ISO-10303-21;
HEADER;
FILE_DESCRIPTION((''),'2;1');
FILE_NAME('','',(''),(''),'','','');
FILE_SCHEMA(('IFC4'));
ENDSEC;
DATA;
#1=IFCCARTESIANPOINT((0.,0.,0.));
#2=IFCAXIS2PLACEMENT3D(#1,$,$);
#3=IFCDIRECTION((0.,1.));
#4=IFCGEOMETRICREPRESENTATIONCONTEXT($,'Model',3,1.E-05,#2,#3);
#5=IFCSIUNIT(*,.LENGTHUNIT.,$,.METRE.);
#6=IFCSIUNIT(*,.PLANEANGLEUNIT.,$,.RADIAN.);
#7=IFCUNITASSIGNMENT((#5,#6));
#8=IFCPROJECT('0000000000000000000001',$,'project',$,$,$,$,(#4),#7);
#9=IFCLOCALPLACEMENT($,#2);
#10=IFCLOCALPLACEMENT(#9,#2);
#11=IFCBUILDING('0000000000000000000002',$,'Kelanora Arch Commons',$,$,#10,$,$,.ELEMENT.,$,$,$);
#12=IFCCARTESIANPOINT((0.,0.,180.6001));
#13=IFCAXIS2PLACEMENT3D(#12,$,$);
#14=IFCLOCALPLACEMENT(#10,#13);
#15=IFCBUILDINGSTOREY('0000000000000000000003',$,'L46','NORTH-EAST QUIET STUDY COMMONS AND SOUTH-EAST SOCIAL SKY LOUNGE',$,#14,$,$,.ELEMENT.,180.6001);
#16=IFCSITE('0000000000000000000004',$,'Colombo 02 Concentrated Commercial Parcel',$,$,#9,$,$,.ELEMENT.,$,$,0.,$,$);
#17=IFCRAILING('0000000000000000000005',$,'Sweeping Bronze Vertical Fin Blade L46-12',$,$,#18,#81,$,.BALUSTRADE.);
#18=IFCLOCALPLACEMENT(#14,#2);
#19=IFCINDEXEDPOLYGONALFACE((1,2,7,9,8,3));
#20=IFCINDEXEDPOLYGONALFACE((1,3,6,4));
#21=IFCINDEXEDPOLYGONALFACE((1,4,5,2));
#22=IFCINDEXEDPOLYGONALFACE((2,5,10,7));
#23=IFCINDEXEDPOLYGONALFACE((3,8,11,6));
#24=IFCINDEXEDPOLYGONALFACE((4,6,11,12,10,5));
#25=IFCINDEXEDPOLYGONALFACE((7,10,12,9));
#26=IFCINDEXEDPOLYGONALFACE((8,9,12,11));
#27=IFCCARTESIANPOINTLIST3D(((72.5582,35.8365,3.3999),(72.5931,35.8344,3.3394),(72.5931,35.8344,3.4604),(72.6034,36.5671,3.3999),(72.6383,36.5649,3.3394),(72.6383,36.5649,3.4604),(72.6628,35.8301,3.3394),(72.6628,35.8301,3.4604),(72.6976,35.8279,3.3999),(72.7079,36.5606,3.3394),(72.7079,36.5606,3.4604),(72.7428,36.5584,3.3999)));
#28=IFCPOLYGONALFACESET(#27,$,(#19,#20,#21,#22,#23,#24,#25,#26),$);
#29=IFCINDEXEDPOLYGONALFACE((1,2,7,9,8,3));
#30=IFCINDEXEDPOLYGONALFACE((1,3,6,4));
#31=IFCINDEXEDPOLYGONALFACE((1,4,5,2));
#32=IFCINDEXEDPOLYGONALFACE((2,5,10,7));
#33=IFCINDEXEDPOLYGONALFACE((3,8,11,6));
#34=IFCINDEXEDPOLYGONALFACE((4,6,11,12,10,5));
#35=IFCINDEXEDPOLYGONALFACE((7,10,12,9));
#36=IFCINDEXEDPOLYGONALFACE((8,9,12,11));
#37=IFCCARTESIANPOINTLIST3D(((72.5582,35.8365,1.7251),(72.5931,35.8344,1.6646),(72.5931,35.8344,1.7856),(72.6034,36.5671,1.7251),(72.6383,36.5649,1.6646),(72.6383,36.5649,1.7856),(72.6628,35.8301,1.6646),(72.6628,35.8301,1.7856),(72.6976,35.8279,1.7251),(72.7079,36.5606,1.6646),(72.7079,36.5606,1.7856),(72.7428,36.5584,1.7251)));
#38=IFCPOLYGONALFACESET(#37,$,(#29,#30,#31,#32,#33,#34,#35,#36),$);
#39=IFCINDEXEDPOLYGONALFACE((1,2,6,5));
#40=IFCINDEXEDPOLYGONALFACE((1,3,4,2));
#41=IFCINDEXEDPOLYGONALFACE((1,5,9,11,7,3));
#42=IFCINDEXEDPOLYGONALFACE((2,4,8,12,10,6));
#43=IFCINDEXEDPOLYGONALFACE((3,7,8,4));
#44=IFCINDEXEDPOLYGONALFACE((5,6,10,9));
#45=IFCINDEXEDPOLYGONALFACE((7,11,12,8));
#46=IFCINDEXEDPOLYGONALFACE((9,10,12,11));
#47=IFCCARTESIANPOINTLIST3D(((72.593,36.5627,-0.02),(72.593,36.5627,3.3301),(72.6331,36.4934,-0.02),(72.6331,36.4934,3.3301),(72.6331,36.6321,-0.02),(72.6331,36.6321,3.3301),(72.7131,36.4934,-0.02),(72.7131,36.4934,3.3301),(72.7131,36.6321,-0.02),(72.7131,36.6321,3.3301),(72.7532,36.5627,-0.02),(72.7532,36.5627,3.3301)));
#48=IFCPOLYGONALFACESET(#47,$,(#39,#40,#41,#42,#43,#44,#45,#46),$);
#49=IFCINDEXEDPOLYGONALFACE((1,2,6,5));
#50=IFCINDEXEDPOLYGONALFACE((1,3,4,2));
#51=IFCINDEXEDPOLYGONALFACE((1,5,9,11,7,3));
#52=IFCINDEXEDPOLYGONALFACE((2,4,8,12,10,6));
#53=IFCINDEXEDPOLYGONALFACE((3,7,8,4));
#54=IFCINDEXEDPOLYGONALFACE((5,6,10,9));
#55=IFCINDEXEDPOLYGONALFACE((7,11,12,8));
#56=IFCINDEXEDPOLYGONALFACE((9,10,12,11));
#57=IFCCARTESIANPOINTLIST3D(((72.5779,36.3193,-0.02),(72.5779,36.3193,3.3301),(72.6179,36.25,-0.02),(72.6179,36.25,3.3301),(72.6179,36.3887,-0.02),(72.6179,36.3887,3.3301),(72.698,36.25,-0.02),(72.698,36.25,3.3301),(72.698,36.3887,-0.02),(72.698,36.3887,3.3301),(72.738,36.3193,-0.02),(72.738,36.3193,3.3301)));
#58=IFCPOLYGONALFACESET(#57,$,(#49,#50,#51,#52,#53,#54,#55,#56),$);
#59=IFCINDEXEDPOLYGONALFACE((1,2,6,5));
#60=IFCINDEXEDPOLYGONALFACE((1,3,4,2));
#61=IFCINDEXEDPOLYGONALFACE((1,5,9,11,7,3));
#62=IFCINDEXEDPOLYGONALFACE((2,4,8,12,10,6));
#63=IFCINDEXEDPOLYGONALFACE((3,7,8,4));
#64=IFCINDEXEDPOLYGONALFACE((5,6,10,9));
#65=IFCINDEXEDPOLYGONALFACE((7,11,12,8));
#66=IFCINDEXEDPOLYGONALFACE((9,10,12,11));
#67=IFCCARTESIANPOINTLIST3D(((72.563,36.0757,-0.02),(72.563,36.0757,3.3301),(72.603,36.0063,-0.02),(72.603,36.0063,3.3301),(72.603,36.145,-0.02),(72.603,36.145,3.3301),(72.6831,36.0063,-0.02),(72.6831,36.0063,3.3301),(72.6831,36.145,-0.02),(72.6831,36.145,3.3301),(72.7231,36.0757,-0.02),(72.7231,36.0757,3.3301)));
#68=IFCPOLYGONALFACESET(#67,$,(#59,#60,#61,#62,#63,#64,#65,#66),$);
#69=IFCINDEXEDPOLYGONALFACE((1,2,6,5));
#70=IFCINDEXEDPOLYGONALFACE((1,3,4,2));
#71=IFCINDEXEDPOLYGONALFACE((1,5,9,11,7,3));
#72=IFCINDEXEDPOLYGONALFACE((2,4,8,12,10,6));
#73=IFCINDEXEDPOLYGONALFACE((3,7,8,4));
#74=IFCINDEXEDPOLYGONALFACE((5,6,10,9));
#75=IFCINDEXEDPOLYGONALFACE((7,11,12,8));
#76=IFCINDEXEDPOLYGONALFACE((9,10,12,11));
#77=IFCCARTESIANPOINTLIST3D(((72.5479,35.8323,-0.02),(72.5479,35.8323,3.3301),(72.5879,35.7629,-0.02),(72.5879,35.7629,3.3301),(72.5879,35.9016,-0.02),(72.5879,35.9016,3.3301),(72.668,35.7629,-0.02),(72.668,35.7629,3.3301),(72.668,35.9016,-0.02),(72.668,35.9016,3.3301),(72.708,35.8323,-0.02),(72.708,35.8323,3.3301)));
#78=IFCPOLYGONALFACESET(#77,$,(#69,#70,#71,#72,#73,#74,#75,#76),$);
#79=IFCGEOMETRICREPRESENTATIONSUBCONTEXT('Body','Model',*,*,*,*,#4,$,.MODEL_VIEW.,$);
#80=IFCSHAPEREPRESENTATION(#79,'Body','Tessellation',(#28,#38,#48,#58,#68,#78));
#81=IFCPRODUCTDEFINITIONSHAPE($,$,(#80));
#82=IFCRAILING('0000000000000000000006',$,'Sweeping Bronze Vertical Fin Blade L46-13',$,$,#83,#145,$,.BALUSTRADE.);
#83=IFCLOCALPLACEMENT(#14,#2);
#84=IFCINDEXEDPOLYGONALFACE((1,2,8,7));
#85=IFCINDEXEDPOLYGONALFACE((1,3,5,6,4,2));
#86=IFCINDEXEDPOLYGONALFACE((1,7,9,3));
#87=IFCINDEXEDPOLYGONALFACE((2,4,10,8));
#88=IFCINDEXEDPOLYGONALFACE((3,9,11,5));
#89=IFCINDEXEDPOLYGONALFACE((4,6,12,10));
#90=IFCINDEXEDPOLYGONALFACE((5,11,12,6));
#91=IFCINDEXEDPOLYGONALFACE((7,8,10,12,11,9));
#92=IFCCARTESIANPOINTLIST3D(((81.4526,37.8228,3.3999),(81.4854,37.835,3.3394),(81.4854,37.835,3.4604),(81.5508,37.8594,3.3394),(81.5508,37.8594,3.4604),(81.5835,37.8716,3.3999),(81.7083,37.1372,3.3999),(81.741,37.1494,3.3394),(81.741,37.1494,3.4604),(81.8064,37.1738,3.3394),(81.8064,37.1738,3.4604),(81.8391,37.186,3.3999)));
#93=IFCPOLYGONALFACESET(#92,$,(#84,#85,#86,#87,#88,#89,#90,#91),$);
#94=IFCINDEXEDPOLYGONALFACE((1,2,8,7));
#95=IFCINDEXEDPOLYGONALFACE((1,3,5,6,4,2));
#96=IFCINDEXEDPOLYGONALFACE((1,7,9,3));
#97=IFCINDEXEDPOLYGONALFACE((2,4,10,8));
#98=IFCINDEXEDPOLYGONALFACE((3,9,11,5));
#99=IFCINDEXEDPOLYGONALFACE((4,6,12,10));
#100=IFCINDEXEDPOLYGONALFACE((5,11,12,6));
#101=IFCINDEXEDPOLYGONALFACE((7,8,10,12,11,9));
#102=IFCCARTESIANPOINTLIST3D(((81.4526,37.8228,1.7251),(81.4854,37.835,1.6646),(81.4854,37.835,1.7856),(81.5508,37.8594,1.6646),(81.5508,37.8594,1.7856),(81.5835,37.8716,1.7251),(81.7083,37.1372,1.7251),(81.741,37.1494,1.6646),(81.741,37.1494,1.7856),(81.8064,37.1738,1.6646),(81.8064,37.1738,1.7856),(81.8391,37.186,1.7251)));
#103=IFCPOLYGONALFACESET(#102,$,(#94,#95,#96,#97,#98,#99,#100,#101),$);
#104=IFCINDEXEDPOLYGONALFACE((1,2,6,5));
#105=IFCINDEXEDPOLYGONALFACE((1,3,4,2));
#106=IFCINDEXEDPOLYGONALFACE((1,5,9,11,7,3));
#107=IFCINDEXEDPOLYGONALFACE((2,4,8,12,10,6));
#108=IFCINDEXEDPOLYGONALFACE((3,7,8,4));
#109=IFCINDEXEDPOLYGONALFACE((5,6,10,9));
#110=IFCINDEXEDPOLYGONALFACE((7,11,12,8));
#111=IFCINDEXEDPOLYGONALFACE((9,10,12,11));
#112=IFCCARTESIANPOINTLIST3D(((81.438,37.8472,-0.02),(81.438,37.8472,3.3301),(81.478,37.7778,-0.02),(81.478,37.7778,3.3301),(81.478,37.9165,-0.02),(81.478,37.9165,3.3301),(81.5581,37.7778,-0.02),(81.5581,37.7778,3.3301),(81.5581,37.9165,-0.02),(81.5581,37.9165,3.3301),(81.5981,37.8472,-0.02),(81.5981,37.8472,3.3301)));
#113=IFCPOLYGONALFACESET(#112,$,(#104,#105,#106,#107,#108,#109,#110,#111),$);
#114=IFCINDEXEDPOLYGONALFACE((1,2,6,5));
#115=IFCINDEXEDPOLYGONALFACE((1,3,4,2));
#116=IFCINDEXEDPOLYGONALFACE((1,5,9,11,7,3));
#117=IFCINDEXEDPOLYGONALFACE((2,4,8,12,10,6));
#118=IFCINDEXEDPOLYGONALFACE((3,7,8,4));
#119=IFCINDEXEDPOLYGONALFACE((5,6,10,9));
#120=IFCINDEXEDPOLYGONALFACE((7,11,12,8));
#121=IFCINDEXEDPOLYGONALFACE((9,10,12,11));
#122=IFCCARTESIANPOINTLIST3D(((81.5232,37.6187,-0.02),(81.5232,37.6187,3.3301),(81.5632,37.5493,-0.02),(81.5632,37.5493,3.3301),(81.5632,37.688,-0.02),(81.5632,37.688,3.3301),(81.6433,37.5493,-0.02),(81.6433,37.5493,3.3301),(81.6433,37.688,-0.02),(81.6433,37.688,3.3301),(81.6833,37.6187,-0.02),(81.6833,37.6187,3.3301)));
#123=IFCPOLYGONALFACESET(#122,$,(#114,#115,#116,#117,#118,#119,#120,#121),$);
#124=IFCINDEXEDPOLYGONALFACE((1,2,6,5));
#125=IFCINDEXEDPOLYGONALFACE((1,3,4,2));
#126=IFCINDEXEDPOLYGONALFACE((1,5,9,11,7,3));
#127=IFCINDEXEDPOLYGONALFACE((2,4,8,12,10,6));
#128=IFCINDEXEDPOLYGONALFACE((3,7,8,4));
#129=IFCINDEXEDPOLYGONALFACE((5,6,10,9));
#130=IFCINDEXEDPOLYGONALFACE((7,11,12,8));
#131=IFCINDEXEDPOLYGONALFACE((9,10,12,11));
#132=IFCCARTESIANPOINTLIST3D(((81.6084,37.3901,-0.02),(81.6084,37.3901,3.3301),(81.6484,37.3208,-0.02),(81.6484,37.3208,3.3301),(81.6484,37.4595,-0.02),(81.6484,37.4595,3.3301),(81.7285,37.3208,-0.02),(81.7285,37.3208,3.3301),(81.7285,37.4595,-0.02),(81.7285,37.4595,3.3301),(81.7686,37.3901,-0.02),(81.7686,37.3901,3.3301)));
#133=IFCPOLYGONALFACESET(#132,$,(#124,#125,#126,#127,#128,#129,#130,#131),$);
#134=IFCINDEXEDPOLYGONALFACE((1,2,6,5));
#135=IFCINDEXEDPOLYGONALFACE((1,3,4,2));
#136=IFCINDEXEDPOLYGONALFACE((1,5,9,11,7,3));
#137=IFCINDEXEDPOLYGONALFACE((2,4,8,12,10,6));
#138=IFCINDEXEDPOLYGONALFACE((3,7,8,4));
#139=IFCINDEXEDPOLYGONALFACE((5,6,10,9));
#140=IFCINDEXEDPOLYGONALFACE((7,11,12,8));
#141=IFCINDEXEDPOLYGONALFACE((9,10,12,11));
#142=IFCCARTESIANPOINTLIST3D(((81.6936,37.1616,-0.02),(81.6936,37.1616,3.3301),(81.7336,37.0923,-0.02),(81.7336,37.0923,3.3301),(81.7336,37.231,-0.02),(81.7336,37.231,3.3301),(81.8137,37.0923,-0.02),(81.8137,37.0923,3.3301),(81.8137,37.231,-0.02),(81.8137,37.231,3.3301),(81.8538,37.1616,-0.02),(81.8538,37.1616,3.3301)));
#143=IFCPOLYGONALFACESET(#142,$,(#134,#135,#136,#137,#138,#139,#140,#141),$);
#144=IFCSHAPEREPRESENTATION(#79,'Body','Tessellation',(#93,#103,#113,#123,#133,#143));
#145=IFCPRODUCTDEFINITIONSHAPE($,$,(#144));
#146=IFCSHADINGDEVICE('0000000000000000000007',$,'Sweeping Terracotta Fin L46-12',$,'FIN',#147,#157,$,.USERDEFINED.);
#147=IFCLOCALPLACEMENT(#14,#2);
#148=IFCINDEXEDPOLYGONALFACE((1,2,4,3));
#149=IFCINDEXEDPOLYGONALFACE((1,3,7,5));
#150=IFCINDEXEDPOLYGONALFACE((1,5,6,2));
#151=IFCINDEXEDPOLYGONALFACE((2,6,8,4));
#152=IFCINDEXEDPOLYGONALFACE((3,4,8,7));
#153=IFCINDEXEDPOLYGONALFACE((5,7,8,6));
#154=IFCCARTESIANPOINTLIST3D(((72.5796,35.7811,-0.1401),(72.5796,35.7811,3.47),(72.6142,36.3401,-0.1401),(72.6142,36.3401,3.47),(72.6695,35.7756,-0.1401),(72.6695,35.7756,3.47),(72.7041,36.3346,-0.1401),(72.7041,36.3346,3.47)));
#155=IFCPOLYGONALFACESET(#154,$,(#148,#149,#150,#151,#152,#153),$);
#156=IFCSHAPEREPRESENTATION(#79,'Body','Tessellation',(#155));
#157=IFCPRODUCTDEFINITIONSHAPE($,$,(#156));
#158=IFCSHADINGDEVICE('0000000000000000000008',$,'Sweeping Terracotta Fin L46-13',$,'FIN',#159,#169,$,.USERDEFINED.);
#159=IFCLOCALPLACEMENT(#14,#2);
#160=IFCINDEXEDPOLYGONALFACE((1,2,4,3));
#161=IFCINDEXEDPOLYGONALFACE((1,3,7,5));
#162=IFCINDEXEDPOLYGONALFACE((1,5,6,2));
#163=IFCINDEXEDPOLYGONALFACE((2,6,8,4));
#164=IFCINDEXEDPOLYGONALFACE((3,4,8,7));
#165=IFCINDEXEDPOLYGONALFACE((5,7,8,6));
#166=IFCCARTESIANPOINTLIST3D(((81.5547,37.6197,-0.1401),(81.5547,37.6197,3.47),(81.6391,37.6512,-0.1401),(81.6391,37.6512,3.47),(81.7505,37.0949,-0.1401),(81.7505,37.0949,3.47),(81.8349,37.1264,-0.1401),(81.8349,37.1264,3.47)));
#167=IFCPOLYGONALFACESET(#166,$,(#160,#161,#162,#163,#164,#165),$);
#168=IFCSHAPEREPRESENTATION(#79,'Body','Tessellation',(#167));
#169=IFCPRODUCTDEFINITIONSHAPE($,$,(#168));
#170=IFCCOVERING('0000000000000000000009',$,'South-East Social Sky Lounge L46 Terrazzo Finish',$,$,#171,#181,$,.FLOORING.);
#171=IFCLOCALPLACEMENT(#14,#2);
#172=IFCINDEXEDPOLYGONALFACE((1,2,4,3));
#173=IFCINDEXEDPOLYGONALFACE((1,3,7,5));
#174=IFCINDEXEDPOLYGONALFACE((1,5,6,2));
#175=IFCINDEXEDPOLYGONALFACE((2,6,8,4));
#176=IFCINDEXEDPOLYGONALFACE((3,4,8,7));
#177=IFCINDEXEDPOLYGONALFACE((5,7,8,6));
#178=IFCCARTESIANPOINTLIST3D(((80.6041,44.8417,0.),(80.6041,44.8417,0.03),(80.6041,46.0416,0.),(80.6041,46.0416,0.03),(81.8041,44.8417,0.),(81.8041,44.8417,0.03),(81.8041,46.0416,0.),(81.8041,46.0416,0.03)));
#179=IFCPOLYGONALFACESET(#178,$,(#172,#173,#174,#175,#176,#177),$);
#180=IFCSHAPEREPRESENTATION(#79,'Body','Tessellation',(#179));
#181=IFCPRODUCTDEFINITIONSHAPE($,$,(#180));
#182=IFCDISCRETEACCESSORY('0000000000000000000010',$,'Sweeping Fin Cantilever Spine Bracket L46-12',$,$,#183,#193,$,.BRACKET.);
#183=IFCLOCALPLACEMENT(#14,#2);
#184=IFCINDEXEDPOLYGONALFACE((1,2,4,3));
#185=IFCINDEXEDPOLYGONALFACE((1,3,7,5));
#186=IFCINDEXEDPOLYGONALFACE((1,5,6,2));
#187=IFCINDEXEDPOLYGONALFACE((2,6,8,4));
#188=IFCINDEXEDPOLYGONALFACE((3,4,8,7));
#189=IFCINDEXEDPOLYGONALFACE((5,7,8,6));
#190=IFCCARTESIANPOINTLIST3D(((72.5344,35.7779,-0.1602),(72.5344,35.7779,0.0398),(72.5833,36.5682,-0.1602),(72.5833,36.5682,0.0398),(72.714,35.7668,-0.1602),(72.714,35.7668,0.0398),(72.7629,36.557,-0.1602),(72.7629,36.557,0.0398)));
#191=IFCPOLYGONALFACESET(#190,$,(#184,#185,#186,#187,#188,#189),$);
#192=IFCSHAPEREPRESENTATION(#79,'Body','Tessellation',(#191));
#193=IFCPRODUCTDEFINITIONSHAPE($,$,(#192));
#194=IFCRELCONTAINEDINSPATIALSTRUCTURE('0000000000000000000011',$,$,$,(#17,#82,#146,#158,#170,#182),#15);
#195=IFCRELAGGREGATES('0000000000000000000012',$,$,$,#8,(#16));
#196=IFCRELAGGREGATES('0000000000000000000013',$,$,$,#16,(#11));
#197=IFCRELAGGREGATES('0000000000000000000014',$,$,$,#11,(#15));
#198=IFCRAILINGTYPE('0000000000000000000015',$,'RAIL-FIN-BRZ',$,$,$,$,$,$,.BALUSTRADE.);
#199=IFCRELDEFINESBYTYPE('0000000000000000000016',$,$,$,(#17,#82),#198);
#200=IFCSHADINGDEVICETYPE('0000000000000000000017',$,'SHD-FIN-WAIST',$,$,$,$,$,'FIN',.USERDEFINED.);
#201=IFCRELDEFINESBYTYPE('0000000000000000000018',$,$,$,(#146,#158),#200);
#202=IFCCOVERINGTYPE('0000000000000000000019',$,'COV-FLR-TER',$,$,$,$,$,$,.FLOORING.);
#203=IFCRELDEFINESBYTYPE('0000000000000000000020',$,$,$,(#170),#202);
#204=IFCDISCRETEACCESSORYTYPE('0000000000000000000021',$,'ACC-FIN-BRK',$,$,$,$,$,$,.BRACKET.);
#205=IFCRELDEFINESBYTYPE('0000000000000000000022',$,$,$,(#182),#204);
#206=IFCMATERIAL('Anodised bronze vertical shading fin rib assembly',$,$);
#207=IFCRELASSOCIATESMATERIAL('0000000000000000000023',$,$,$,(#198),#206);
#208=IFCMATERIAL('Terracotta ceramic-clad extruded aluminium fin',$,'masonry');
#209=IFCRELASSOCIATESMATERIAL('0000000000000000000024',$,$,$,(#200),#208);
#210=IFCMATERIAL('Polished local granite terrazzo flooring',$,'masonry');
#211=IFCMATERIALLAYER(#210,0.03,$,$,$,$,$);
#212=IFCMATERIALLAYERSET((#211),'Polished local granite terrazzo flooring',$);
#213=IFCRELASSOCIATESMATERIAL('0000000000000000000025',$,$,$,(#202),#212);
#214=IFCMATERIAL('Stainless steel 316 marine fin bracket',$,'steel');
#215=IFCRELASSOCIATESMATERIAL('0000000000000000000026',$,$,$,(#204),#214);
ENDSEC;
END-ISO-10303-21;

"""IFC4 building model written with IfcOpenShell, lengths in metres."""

from ifc_helpers import new_model, si_unit, direction, frame, origin, origin_2d, place, context, subcontext, project, spatial, polyline, rectangle, outline, extrude, source, transform, mapped, material, layer, layer_set, type_object, element, save


model = new_model("IFC4")

# Units and contexts
model_context = context("Model", 3, precision=1e-05, world=origin(), true_north=direction((0.0, 1.0)))
body_context = subcontext(model_context, "Body", "Model", "MODEL_VIEW")
ifc_project = project(units=[si_unit("LENGTHUNIT", "METRE"), si_unit("PLANEANGLEUNIT", "RADIAN")], contexts=[model_context])

# Site, building, storey
site_placement = place(None, origin())
site = spatial("IfcSite", under=ifc_project, at=site_placement, Name="Colombo 02 Concentrated Commercial Parcel", CompositionType="ELEMENT", RefElevation=0.0)
building_placement = place(site_placement, origin())
building = spatial("IfcBuilding", under=site, at=building_placement, Name="Kelanora Arch Commons", CompositionType="ELEMENT")
storey_placement = place(building_placement, frame((0.0, 0.0, 180.6001)))
storey = spatial("IfcBuildingStorey", under=building, at=storey_placement, Name="L46", Description="NORTH-EAST QUIET STUDY COMMONS AND SOUTH-EAST SOCIAL SKY LOUNGE", CompositionType="ELEMENT", Elevation=180.6001)

# Railings
ifc_material_1 = material(Name="Anodised bronze vertical shading fin rib assembly")
railing_type = type_object("IfcRailingType", Name="RAIL-FIN-BRZ", PredefinedType="BALUSTRADE", material=ifc_material_1)
railing_1_placement = place(storey_placement, frame((72.6731, 36.5627, -0.02)))
element("IfcRailing", 1, at=railing_1_placement, inside=storey, type_object=railing_type, Name="Sweeping Bronze Vertical Fin Blade L46-12", PredefinedType="BALUSTRADE", context=body_context, shape_type="SweptSolid", body=[
    extrude(outline(polyline([(0.0698, 0.0), (0.0349, 0.0605), (-0.0349, 0.0605), (-0.0698, 0.0), (-0.0349, -0.0605), (0.0349, -0.0605), (0.0698, 0.0)])), frame((0.0, 0.0, 3.4199), z_axis=(-0.061714, -0.998094, 0.0), x_axis=(0.998094, -0.061714, 0.0)), (0.0, 0.0, 1.0), 0.7319),
    extrude(outline(polyline([(0.0698, 0.0), (0.0349, 0.0605), (-0.0349, 0.0605), (-0.0698, 0.0), (-0.0349, -0.0605), (0.0349, -0.0605), (0.0698, 0.0)])), frame((0.0, 0.0, 1.7451), z_axis=(-0.061714, -0.998094, 0.0), x_axis=(0.998094, -0.061714, 0.0)), (0.0, 0.0, 1.0), 0.7319),
    extrude(outline(polyline([(0.0801, 0.0), (0.04, 0.0693), (-0.04, 0.0693), (-0.0801, 0.0), (-0.04, -0.0693), (0.04, -0.0693), (0.0801, 0.0)])), origin(), (0.0, 0.0, 1.0), 3.3501),
    extrude(outline(polyline([(0.0801, 0.0), (0.04, 0.0693), (-0.04, 0.0693), (-0.0801, 0.0), (-0.04, -0.0693), (0.04, -0.0693), (0.0801, 0.0)])), frame((-0.0151, -0.2434, 0.0)), (0.0, 0.0, 1.0), 3.3501),
    extrude(outline(polyline([(0.0801, 0.0), (0.04, 0.0693), (-0.04, 0.0693), (-0.0801, 0.0), (-0.04, -0.0693), (0.04, -0.0693), (0.0801, 0.0)])), frame((-0.03, -0.4871, 0.0)), (0.0, 0.0, 1.0), 3.3501),
    extrude(outline(polyline([(0.0801, 0.0), (0.04, 0.0693), (-0.04, 0.0693), (-0.0801, 0.0), (-0.04, -0.0693), (0.04, -0.0693), (0.0801, 0.0)])), frame((-0.0452, -0.7305, 0.0)), (0.0, 0.0, 1.0), 3.3501),
])
railing_2_placement = place(storey_placement, frame((81.5181, 37.8472, -0.02)))
element("IfcRailing", 2, at=railing_2_placement, inside=storey, type_object=railing_type, Name="Sweeping Bronze Vertical Fin Blade L46-13", PredefinedType="BALUSTRADE", context=body_context, shape_type="SweptSolid", body=[
    extrude(outline(polyline([(0.0698, 0.0), (0.0349, 0.0605), (-0.0349, 0.0605), (-0.0698, 0.0), (-0.0349, -0.0605), (0.0349, -0.0605), (0.0698, 0.0)])), frame((0.0, 0.0, 3.4199), z_axis=(0.349368, -0.936986, 0.0), x_axis=(0.936986, 0.349368, 0.0)), (0.0, 0.0, 1.0), 0.7317),
    extrude(outline(polyline([(0.0698, 0.0), (0.0349, 0.0605), (-0.0349, 0.0605), (-0.0698, 0.0), (-0.0349, -0.0605), (0.0349, -0.0605), (0.0698, 0.0)])), frame((0.0, 0.0, 1.7451), z_axis=(0.349368, -0.936986, 0.0), x_axis=(0.936986, 0.349368, 0.0)), (0.0, 0.0, 1.0), 0.7317),
    extrude(outline(polyline([(0.0801, 0.0), (0.04, 0.0693), (-0.04, 0.0693), (-0.0801, 0.0), (-0.04, -0.0693), (0.04, -0.0693), (0.0801, 0.0)])), origin(), (0.0, 0.0, 1.0), 3.3501),
    extrude(outline(polyline([(0.0801, 0.0), (0.04, 0.0693), (-0.04, 0.0693), (-0.0801, 0.0), (-0.04, -0.0693), (0.04, -0.0693), (0.0801, 0.0)])), frame((0.0852, -0.2285, 0.0)), (0.0, 0.0, 1.0), 3.3501),
    extrude(outline(polyline([(0.0801, 0.0), (0.04, 0.0693), (-0.04, 0.0693), (-0.0801, 0.0), (-0.04, -0.0693), (0.04, -0.0693), (0.0801, 0.0)])), frame((0.1704, -0.457, 0.0)), (0.0, 0.0, 1.0), 3.3501),
    extrude(outline(polyline([(0.0801, 0.0), (0.04, 0.0693), (-0.04, 0.0693), (-0.0801, 0.0), (-0.04, -0.0693), (0.04, -0.0693), (0.0801, 0.0)])), frame((0.2556, -0.6855, 0.0)), (0.0, 0.0, 1.0), 3.3501),
])

# Shading devices
ifc_material_2 = material(Name="Terracotta ceramic-clad extruded aluminium fin", Category="masonry")
shading_device_type = type_object("IfcShadingDeviceType", Name="SHD-FIN-WAIST", ElementType="FIN", PredefinedType="USERDEFINED", material=ifc_material_2)
shared_shape_1 = source(origin(), body_context, "Body", "SweptSolid", [
    extrude(rectangle(XDim=0.5601, YDim=0.0901, at=origin_2d()), origin(), (0.0, 0.0, 1.0), 3.6101),
])
for number, where, z_axis, x_axis, name in (
    (3, (72.6418, 36.0579, -0.1401), (0.0, 0.0, 1.0), (-0.061745, -0.998092, 0.0), "Sweeping Terracotta Fin L46-12"),
    (4, (81.6948, 37.373, -0.1401), (0.0, 0.0, 1.0), (0.349553, -0.936916, 0.0), "Sweeping Terracotta Fin L46-13"),
):
    element("IfcShadingDevice", number, at=place(storey_placement, frame(where, z_axis=z_axis, x_axis=x_axis)), inside=storey, type_object=shading_device_type, Name=name, ObjectType="FIN", PredefinedType="USERDEFINED", context=body_context, shape_type="MappedRepresentation", body=[
        mapped(shared_shape_1, transform((0.0, 0.0, 0.0), scale=1.0)),
    ])

# Covering
ifc_material_3 = material(Name="Polished local granite terrazzo flooring", Category="masonry")
ifc_layer_1 = layer(ifc_material_3, 0.03)
ifc_layer_set_1 = layer_set([ifc_layer_1], Name="Polished local granite terrazzo flooring")
covering_type = type_object("IfcCoveringType", Name="COV-FLR-TER", PredefinedType="FLOORING", material=ifc_layer_set_1)
shared_shape_2 = source(origin(), body_context, "Body", "SweptSolid", [
    extrude(rectangle(XDim=1.2, YDim=1.2, at=origin_2d()), origin(), (0.0, 0.0, 1.0), 0.03),
])
covering_placement = place(storey_placement, frame((81.2041, 45.4417, 0.0), z_axis=(0.0, 0.0, 1.0), x_axis=(1.0, 0.0, 0.0)))
element("IfcCovering", 5, at=covering_placement, inside=storey, type_object=covering_type, Name="South-East Social Sky Lounge L46 Terrazzo Finish", PredefinedType="FLOORING", context=body_context, shape_type="MappedRepresentation", body=[
    mapped(shared_shape_2, transform((0.0, 0.0, 0.0), scale=1.0)),
])

# Discrete accessory
ifc_material_4 = material(Name="Stainless steel 316 marine fin bracket", Category="steel")
discrete_accessory_type = type_object("IfcDiscreteAccessoryType", Name="ACC-FIN-BRK", PredefinedType="BRACKET", material=ifc_material_4)
shared_shape_3 = source(origin(), body_context, "Body", "SweptSolid", [
    extrude(rectangle(XDim=0.7917, YDim=0.1799, at=origin_2d()), origin(), (0.0, 0.0, 1.0), 0.2),
])
for number, where, z_axis, x_axis, name in (
    (6, (72.6487, 36.1675, -0.1602), (0.0, 0.0, 1.0), (-0.061745, -0.998092, 0.0), "Sweeping Fin Cantilever Spine Bracket L46-12"),
):
    element("IfcDiscreteAccessory", number, at=place(storey_placement, frame(where, z_axis=z_axis, x_axis=x_axis)), inside=storey, type_object=discrete_accessory_type, Name=name, PredefinedType="BRACKET", context=body_context, shape_type="MappedRepresentation", body=[
        mapped(shared_shape_3, transform((0.0, 0.0, 0.0), scale=1.0)),
    ])

save(model, "model.ifc")
